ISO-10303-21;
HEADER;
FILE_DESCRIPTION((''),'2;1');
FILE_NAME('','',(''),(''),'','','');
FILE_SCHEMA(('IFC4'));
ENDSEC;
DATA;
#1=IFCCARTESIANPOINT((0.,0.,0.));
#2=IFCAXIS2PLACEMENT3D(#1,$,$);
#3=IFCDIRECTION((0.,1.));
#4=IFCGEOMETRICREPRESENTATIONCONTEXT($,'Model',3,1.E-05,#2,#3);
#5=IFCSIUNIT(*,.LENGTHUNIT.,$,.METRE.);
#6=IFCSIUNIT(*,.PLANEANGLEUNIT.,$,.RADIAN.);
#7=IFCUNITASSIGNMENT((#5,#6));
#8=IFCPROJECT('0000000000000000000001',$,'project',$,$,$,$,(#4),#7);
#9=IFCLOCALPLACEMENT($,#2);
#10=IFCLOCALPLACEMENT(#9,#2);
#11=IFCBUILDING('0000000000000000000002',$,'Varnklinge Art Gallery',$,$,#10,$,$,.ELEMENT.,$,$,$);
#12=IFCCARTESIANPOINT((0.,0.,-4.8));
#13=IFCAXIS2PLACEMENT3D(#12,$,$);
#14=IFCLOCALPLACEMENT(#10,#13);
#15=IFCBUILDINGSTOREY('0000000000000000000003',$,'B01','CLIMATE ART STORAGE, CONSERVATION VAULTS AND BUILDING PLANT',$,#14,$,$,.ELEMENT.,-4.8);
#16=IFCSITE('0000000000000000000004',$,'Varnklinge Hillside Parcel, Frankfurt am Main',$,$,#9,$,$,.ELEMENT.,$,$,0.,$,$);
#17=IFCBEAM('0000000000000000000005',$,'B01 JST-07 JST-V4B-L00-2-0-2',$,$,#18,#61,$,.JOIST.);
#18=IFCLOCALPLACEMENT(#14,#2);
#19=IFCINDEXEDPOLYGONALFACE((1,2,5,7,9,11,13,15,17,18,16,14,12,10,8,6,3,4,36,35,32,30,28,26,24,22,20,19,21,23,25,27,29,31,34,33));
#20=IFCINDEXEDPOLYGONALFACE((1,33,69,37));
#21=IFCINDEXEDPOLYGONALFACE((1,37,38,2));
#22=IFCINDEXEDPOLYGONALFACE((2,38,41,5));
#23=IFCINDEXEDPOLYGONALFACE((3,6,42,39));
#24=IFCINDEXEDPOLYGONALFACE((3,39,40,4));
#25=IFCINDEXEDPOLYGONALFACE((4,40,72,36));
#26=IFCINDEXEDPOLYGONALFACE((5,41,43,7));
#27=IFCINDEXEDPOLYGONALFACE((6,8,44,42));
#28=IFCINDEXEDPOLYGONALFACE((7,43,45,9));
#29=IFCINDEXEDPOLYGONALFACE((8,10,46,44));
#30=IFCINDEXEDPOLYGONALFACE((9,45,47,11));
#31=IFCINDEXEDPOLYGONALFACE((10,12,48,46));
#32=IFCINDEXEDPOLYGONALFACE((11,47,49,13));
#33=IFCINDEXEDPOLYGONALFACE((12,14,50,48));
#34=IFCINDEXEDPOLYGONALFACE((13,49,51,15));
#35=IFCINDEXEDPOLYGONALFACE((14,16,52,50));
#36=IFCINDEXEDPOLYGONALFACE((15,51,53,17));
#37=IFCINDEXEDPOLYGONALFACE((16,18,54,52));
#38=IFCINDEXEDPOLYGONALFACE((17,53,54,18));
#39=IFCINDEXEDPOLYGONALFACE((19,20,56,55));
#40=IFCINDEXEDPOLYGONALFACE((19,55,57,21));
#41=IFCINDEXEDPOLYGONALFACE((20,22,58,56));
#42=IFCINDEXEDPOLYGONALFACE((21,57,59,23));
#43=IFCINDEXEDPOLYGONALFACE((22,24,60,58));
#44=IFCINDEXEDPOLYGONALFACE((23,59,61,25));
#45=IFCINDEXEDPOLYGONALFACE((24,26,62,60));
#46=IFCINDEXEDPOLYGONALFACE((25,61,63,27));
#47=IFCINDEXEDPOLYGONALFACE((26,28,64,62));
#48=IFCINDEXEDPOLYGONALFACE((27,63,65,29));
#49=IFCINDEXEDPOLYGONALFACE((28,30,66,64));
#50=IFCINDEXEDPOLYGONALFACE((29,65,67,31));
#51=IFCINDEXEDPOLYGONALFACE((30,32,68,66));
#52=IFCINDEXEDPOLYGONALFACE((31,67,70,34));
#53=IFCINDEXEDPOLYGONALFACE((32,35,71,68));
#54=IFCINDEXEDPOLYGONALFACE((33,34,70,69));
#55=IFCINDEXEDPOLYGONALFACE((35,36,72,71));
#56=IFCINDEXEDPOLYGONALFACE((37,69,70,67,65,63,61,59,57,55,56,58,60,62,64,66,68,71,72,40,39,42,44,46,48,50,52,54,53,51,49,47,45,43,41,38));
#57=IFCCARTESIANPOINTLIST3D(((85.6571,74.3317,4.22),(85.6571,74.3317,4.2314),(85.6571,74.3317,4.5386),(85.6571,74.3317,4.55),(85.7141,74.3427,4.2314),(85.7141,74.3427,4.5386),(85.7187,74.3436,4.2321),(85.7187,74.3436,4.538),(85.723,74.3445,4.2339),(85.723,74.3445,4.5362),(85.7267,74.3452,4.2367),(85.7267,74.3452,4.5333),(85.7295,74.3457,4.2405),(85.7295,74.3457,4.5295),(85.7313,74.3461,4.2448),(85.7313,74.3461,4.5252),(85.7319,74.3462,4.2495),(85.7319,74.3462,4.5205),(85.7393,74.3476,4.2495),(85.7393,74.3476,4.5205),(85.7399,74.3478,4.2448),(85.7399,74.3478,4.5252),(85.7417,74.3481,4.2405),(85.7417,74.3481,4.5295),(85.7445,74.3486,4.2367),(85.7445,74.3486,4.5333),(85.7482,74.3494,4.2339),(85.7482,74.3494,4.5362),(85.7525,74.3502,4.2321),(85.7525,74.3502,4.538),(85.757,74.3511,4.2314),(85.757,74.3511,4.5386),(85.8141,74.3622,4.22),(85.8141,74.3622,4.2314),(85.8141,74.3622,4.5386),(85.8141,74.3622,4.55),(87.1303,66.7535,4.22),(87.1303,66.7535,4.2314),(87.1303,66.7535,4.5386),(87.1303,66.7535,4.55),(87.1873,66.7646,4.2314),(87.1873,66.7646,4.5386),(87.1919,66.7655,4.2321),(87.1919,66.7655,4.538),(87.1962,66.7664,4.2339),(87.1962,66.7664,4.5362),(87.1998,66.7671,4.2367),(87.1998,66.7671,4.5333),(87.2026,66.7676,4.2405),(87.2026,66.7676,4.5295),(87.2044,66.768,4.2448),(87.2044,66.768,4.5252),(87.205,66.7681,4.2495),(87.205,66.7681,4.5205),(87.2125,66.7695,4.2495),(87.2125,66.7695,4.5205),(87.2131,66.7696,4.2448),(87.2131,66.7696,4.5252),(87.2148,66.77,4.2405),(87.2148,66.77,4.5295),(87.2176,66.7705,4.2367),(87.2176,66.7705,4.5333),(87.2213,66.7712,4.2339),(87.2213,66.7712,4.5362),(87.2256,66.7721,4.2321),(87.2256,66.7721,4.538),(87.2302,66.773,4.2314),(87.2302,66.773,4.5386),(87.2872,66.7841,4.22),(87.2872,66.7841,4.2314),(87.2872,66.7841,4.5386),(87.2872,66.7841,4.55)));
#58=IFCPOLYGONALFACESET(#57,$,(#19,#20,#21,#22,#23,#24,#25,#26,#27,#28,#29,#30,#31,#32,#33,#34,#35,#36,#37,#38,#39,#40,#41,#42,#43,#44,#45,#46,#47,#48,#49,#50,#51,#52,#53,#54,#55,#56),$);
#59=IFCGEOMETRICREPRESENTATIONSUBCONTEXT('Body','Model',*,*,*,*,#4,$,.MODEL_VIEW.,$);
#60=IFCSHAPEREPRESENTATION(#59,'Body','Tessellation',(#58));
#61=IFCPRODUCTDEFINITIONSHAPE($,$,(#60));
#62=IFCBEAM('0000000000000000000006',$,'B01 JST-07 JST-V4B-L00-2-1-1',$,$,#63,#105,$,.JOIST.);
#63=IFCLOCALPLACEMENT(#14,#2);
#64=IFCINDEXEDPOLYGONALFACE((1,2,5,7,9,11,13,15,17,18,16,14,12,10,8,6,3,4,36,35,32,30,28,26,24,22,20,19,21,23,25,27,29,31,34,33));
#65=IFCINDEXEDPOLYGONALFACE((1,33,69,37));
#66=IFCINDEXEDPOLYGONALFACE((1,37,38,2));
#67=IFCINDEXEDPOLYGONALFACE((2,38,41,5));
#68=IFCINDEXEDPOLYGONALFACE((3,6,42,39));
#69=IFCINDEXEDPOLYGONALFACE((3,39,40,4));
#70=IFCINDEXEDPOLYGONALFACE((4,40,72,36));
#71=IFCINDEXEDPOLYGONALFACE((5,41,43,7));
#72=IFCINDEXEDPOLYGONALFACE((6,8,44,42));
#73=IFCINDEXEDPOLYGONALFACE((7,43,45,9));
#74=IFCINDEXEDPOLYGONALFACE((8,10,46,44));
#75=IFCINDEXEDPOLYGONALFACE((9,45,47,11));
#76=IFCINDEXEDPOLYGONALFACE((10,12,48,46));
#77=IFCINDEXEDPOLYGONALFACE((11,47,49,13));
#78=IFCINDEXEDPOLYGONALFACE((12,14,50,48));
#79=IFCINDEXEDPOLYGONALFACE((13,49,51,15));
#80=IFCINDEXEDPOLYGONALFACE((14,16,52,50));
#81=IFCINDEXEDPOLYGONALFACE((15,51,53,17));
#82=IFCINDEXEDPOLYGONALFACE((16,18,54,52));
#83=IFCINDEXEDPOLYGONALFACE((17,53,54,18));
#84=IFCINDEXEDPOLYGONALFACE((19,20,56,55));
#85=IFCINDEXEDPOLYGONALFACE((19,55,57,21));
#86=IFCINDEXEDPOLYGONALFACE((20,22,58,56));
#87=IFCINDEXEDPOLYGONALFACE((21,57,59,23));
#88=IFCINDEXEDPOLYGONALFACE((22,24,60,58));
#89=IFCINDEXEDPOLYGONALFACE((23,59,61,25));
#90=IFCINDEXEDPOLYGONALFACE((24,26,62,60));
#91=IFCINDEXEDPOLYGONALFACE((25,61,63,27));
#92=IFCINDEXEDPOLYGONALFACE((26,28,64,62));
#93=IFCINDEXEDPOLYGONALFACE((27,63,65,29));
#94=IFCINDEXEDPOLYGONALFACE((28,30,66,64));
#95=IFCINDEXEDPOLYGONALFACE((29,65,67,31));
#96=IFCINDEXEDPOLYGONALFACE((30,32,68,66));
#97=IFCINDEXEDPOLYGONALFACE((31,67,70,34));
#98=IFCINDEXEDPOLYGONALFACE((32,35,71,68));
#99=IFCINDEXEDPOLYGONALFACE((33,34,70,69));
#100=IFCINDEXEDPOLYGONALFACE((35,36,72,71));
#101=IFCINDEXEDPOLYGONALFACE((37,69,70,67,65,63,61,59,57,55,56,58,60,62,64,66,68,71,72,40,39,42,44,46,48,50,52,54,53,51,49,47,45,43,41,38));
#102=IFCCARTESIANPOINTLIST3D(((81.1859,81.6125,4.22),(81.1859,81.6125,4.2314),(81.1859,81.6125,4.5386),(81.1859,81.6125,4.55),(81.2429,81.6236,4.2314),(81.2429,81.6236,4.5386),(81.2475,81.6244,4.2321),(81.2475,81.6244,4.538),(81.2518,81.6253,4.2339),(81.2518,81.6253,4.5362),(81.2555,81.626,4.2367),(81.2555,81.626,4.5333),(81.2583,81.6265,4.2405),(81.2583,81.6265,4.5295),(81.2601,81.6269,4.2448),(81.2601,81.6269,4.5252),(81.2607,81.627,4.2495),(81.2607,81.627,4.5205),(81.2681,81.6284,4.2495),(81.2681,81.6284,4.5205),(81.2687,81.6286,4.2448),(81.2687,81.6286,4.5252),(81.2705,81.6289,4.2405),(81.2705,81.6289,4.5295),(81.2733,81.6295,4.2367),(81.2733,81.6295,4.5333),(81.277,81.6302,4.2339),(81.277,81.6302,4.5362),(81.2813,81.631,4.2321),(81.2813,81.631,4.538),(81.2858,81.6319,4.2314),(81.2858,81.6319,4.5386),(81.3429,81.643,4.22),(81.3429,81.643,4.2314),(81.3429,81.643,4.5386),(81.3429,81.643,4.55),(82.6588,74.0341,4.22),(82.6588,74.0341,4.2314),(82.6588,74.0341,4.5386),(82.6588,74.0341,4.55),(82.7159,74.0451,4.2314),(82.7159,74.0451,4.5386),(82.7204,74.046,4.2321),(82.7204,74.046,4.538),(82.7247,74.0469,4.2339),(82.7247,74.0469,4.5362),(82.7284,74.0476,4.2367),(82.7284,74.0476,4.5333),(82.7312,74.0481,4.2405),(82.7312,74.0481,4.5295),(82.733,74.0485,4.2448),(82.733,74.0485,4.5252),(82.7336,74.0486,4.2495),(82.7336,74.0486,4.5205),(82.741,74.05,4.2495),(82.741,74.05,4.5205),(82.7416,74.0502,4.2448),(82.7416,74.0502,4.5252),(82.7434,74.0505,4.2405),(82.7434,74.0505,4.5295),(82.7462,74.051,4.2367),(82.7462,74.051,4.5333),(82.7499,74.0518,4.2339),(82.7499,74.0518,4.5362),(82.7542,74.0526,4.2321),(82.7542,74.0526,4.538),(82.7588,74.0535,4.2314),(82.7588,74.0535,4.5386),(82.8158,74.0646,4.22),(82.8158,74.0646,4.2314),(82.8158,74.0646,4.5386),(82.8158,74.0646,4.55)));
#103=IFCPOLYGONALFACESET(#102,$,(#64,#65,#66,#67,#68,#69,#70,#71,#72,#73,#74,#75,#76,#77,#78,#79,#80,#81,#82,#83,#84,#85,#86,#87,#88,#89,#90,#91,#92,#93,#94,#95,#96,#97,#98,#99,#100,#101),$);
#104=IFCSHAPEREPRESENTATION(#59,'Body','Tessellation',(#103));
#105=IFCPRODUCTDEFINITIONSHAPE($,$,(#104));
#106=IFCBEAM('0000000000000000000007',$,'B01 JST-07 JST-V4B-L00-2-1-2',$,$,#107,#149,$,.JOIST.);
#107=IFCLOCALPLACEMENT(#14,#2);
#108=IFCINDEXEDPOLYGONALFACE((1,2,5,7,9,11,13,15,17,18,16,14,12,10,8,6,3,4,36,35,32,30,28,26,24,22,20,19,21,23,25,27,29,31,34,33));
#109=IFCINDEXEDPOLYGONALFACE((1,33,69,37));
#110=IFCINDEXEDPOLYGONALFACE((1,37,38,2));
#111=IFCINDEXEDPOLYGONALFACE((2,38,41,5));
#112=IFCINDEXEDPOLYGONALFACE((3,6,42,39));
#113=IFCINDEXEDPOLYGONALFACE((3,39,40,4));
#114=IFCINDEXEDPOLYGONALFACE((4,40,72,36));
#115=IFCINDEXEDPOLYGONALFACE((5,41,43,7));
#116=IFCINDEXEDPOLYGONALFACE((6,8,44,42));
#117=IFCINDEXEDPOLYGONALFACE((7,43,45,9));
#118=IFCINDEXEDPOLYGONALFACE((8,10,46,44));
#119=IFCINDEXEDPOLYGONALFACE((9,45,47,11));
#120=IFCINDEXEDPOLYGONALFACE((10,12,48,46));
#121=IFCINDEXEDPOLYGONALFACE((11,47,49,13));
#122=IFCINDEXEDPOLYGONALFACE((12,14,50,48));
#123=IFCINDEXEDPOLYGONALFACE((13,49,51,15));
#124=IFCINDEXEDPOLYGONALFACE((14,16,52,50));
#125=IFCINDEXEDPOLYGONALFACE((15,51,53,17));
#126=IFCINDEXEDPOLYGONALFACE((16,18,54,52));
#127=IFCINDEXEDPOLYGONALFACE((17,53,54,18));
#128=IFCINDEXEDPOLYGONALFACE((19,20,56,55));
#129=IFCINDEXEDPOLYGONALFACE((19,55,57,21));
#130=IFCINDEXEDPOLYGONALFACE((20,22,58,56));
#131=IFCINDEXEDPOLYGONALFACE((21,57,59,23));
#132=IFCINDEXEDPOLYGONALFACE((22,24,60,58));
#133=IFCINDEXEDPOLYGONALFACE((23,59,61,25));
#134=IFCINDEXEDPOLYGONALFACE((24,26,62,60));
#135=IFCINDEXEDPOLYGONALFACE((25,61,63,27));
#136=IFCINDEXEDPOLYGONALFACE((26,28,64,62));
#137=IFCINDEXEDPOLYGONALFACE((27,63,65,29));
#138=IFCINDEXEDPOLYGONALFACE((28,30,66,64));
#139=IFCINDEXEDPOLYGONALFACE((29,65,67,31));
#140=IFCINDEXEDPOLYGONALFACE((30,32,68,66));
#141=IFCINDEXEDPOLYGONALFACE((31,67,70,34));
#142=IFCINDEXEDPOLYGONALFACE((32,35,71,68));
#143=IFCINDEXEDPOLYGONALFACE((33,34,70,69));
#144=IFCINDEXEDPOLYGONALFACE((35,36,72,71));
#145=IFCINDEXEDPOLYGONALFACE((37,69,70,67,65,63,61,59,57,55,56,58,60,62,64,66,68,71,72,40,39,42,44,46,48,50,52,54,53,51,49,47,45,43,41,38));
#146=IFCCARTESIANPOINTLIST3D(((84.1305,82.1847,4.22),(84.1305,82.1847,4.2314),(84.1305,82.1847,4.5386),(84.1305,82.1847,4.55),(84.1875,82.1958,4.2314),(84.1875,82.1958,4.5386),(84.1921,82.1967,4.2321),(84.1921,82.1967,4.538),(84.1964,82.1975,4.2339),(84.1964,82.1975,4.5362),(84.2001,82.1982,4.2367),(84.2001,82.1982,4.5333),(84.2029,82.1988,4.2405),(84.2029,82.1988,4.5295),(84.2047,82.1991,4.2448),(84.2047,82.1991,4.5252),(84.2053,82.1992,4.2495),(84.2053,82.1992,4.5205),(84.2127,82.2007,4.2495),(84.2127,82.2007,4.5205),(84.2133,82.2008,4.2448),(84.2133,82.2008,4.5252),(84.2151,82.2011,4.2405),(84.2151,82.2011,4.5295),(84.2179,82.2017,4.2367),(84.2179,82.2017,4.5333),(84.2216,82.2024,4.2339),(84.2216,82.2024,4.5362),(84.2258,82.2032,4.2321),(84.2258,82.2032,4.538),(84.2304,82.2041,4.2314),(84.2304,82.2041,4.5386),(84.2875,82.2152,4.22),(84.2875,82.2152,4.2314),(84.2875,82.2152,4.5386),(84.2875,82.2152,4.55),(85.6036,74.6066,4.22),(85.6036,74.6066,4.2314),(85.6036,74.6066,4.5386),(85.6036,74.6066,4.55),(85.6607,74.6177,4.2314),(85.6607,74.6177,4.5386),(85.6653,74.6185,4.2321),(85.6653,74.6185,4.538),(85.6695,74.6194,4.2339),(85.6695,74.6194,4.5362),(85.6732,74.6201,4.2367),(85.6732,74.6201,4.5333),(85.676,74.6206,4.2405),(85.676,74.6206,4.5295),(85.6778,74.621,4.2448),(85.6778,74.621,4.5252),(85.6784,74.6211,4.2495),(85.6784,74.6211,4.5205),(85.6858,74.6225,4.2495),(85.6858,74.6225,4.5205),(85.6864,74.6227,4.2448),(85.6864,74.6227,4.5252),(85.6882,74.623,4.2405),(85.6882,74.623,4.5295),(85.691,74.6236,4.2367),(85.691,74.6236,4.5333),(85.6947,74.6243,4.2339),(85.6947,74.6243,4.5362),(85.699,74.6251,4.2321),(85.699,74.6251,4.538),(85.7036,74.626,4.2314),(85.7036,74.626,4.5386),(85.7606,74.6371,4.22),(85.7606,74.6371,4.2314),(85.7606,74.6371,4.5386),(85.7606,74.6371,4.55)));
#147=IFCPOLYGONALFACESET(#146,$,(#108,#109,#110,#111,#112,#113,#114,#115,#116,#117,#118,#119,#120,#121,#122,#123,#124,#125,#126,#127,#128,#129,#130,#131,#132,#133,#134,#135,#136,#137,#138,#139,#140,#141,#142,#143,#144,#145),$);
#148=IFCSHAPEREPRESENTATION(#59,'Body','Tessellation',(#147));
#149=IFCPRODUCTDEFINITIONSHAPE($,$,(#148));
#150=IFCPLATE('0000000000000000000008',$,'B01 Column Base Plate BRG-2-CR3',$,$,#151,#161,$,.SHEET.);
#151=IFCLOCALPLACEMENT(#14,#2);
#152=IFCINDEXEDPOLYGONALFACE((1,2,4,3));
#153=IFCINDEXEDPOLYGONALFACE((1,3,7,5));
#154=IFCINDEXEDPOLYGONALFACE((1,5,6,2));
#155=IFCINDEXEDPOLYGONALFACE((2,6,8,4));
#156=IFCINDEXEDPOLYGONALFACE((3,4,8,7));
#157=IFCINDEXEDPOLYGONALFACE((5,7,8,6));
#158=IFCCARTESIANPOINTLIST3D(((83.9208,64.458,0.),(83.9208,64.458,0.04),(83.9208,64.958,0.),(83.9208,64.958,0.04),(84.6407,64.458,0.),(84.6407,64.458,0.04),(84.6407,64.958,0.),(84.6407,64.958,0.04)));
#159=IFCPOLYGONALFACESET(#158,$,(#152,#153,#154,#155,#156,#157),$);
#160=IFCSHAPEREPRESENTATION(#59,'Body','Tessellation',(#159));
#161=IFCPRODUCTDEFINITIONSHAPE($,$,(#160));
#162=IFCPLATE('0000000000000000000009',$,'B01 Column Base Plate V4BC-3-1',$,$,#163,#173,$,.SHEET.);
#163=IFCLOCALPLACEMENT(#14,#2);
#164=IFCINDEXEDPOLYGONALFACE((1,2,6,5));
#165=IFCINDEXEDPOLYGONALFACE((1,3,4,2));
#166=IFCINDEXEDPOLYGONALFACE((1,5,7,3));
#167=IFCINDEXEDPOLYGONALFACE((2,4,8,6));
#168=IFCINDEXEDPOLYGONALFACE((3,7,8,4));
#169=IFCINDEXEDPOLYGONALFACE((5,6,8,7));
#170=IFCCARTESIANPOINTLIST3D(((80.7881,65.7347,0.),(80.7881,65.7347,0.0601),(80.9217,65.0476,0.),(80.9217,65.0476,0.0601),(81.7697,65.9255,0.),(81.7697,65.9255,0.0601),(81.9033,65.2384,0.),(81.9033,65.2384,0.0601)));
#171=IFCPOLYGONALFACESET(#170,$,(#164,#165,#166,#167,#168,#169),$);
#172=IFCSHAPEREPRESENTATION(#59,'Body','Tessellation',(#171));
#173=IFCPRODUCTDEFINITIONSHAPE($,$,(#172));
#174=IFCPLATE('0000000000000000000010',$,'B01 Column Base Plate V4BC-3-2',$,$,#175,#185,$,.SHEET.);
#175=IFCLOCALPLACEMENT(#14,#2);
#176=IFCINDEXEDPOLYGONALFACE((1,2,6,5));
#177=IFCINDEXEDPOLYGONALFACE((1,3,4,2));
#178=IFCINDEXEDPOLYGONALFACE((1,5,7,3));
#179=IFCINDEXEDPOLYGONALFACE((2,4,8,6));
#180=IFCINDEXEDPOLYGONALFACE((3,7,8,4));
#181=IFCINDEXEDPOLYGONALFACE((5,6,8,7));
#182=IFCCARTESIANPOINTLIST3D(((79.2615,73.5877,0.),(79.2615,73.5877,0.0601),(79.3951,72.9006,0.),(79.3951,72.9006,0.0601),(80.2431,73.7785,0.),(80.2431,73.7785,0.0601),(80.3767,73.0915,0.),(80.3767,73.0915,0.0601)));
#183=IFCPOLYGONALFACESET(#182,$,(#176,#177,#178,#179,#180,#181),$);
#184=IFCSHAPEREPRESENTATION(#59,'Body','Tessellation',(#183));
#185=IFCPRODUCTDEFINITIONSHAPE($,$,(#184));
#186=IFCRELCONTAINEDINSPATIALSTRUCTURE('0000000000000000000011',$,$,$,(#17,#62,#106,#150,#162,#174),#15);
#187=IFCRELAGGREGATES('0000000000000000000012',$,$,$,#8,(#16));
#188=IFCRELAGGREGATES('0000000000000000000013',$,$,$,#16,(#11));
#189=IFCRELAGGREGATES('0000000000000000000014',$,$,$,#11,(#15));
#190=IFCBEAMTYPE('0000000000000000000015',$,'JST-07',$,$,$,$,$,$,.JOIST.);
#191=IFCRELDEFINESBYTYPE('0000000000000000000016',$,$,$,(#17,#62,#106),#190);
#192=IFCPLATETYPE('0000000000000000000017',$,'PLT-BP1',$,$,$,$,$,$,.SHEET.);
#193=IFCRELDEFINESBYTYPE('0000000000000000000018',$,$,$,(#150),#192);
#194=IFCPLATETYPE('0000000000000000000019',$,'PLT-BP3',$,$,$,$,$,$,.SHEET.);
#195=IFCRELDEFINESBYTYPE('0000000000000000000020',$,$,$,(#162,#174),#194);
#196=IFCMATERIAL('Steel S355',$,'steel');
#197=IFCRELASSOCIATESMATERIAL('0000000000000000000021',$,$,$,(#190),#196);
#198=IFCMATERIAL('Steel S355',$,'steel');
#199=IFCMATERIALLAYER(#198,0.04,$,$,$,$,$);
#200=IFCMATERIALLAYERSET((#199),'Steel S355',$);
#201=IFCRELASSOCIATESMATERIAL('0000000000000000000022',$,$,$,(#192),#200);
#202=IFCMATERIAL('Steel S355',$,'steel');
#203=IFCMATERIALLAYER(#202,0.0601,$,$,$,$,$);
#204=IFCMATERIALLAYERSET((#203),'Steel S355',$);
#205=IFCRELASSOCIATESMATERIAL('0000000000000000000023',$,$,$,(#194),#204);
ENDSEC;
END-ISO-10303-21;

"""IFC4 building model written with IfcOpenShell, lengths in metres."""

from ifc_helpers import new_model, si_unit, direction, frame, origin, origin_2d, place, context, subcontext, project, spatial, rectangle, i_section, extrude, material, layer, layer_set, material_profile, profile_set, type_object, element, save


model = new_model("IFC4")

# Units and contexts
model_context = context("Model", 3, precision=1e-05, world=origin(), true_north=direction((0.0, 1.0)))
body_context = subcontext(model_context, "Body", "Model", "MODEL_VIEW")
ifc_project = project(units=[si_unit("LENGTHUNIT", "METRE"), si_unit("PLANEANGLEUNIT", "RADIAN")], contexts=[model_context])

# Site, building, storey
site_placement = place(None, origin())
site = spatial("IfcSite", under=ifc_project, at=site_placement, Name="Varnklinge Hillside Parcel, Frankfurt am Main", CompositionType="ELEMENT", RefElevation=0.0)
building_placement = place(site_placement, origin())
building = spatial("IfcBuilding", under=site, at=building_placement, Name="Varnklinge Art Gallery", CompositionType="ELEMENT")
storey_placement = place(building_placement, frame((0.0, 0.0, -4.8)))
storey = spatial("IfcBuildingStorey", under=building, at=storey_placement, Name="B01", Description="CLIMATE ART STORAGE, CONSERVATION VAULTS AND BUILDING PLANT", CompositionType="ELEMENT", Elevation=-4.8)

# Beams
ifc_material_1 = material(Name="Steel S355", Category="steel")
ifc_material_profile_1 = material_profile(ifc_material_1, i_section(OverallWidth=0.1599, OverallDepth=0.3301, WebThickness=0.0076, FlangeThickness=0.0115, FilletRadius=0.0181, at=origin_2d()), Name="IPE 330")
ifc_profile_set_1 = profile_set([ifc_material_profile_1], Name="Steel S355")
beam_type_1 = type_object("IfcBeamType", Name="JST-07", PredefinedType="JOIST", material=ifc_profile_set_1)
beam_1_placement = place(storey_placement, frame((87.2087, 66.7688, 4.385), z_axis=(-0.190822, 0.981625, 0.0), x_axis=(-0.981625, -0.190822, 0.0)))
element("IfcBeam", 1, at=beam_1_placement, inside=storey, type_object=beam_type_1, Name="B01 JST-07 JST-V4B-L00-2-0-2", PredefinedType="JOIST", context=body_context, shape_type="SweptSolid", body=[
    extrude(i_section(OverallWidth=0.1599, OverallDepth=0.3301, WebThickness=0.0076, FlangeThickness=0.0115, FilletRadius=0.0181, at=origin_2d()), origin(), (0.0, 0.0, 1.0), 7.72),
])
beam_2_placement = place(storey_placement, frame((82.7373, 74.0493, 4.385), z_axis=(-0.190786, 0.981632, 0.0), x_axis=(-0.981632, -0.190786, 0.0)))
element("IfcBeam", 2, at=beam_2_placement, inside=storey, type_object=beam_type_1, Name="B01 JST-07 JST-V4B-L00-2-1-1", PredefinedType="JOIST", context=body_context, shape_type="SweptSolid", body=[
    extrude(i_section(OverallWidth=0.1599, OverallDepth=0.3301, WebThickness=0.0076, FlangeThickness=0.0115, FilletRadius=0.0181, at=origin_2d()), origin(), (0.0, 0.0, 1.0), 7.7202),
])
beam_3_placement = place(storey_placement, frame((85.6821, 74.6218, 4.385), z_axis=(-0.190822, 0.981625, 0.0), x_axis=(-0.981625, -0.190822, 0.0)))
element("IfcBeam", 3, at=beam_3_placement, inside=storey, type_object=beam_type_1, Name="B01 JST-07 JST-V4B-L00-2-1-2", PredefinedType="JOIST", context=body_context, shape_type="SweptSolid", body=[
    extrude(i_section(OverallWidth=0.1599, OverallDepth=0.3301, WebThickness=0.0076, FlangeThickness=0.0115, FilletRadius=0.0181, at=origin_2d()), origin(), (0.0, 0.0, 1.0), 7.72),
])

# Plates
ifc_material_2 = material(Name="Steel S355", Category="steel")
ifc_layer_1 = layer(ifc_material_2, 0.04)
ifc_layer_set_1 = layer_set([ifc_layer_1], Name="Steel S355")
plate_type_1 = type_object("IfcPlateType", Name="PLT-BP1", PredefinedType="SHEET", material=ifc_layer_set_1)
plate_placement = place(storey_placement, frame((84.2808, 64.708, 0.0), z_axis=(0.0, 0.0, 1.0), x_axis=(1.0, 0.0, 0.0)))
element("IfcPlate", 4, at=plate_placement, inside=storey, type_object=plate_type_1, Name="B01 Column Base Plate BRG-2-CR3", PredefinedType="SHEET", context=body_context, shape_type="SweptSolid", body=[
    extrude(rectangle(XDim=0.72, YDim=0.5, at=origin_2d()), origin(), (0.0, 0.0, 1.0), 0.04),
])
ifc_material_3 = material(Name="Steel S355", Category="steel")
ifc_layer_2 = layer(ifc_material_3, 0.0601)
ifc_layer_set_2 = layer_set([ifc_layer_2], Name="Steel S355")
plate_type_2 = type_object("IfcPlateType", Name="PLT-BP3", PredefinedType="SHEET", material=ifc_layer_set_2)
for number, where, z_axis, x_axis, name in (
    (5, (81.3457, 65.4866, 0.0), (0.0, 0.0, 1.0), (0.981627, 0.190809, 0.0), "B01 Column Base Plate V4BC-3-1"),
    (6, (79.8191, 73.3396, 0.0), (0.0, 0.0, 1.0), (0.981627, 0.190809, 0.0), "B01 Column Base Plate V4BC-3-2"),
):
    element("IfcPlate", number, at=place(storey_placement, frame(where, z_axis=z_axis, x_axis=x_axis)), inside=storey, type_object=plate_type_2, Name=name, PredefinedType="SHEET", context=body_context, shape_type="SweptSolid", body=[
        extrude(rectangle(XDim=1.0, YDim=0.7, at=origin_2d()), origin(), (0.0, 0.0, 1.0), 0.0601),
    ])

save(model, "model.ifc")
